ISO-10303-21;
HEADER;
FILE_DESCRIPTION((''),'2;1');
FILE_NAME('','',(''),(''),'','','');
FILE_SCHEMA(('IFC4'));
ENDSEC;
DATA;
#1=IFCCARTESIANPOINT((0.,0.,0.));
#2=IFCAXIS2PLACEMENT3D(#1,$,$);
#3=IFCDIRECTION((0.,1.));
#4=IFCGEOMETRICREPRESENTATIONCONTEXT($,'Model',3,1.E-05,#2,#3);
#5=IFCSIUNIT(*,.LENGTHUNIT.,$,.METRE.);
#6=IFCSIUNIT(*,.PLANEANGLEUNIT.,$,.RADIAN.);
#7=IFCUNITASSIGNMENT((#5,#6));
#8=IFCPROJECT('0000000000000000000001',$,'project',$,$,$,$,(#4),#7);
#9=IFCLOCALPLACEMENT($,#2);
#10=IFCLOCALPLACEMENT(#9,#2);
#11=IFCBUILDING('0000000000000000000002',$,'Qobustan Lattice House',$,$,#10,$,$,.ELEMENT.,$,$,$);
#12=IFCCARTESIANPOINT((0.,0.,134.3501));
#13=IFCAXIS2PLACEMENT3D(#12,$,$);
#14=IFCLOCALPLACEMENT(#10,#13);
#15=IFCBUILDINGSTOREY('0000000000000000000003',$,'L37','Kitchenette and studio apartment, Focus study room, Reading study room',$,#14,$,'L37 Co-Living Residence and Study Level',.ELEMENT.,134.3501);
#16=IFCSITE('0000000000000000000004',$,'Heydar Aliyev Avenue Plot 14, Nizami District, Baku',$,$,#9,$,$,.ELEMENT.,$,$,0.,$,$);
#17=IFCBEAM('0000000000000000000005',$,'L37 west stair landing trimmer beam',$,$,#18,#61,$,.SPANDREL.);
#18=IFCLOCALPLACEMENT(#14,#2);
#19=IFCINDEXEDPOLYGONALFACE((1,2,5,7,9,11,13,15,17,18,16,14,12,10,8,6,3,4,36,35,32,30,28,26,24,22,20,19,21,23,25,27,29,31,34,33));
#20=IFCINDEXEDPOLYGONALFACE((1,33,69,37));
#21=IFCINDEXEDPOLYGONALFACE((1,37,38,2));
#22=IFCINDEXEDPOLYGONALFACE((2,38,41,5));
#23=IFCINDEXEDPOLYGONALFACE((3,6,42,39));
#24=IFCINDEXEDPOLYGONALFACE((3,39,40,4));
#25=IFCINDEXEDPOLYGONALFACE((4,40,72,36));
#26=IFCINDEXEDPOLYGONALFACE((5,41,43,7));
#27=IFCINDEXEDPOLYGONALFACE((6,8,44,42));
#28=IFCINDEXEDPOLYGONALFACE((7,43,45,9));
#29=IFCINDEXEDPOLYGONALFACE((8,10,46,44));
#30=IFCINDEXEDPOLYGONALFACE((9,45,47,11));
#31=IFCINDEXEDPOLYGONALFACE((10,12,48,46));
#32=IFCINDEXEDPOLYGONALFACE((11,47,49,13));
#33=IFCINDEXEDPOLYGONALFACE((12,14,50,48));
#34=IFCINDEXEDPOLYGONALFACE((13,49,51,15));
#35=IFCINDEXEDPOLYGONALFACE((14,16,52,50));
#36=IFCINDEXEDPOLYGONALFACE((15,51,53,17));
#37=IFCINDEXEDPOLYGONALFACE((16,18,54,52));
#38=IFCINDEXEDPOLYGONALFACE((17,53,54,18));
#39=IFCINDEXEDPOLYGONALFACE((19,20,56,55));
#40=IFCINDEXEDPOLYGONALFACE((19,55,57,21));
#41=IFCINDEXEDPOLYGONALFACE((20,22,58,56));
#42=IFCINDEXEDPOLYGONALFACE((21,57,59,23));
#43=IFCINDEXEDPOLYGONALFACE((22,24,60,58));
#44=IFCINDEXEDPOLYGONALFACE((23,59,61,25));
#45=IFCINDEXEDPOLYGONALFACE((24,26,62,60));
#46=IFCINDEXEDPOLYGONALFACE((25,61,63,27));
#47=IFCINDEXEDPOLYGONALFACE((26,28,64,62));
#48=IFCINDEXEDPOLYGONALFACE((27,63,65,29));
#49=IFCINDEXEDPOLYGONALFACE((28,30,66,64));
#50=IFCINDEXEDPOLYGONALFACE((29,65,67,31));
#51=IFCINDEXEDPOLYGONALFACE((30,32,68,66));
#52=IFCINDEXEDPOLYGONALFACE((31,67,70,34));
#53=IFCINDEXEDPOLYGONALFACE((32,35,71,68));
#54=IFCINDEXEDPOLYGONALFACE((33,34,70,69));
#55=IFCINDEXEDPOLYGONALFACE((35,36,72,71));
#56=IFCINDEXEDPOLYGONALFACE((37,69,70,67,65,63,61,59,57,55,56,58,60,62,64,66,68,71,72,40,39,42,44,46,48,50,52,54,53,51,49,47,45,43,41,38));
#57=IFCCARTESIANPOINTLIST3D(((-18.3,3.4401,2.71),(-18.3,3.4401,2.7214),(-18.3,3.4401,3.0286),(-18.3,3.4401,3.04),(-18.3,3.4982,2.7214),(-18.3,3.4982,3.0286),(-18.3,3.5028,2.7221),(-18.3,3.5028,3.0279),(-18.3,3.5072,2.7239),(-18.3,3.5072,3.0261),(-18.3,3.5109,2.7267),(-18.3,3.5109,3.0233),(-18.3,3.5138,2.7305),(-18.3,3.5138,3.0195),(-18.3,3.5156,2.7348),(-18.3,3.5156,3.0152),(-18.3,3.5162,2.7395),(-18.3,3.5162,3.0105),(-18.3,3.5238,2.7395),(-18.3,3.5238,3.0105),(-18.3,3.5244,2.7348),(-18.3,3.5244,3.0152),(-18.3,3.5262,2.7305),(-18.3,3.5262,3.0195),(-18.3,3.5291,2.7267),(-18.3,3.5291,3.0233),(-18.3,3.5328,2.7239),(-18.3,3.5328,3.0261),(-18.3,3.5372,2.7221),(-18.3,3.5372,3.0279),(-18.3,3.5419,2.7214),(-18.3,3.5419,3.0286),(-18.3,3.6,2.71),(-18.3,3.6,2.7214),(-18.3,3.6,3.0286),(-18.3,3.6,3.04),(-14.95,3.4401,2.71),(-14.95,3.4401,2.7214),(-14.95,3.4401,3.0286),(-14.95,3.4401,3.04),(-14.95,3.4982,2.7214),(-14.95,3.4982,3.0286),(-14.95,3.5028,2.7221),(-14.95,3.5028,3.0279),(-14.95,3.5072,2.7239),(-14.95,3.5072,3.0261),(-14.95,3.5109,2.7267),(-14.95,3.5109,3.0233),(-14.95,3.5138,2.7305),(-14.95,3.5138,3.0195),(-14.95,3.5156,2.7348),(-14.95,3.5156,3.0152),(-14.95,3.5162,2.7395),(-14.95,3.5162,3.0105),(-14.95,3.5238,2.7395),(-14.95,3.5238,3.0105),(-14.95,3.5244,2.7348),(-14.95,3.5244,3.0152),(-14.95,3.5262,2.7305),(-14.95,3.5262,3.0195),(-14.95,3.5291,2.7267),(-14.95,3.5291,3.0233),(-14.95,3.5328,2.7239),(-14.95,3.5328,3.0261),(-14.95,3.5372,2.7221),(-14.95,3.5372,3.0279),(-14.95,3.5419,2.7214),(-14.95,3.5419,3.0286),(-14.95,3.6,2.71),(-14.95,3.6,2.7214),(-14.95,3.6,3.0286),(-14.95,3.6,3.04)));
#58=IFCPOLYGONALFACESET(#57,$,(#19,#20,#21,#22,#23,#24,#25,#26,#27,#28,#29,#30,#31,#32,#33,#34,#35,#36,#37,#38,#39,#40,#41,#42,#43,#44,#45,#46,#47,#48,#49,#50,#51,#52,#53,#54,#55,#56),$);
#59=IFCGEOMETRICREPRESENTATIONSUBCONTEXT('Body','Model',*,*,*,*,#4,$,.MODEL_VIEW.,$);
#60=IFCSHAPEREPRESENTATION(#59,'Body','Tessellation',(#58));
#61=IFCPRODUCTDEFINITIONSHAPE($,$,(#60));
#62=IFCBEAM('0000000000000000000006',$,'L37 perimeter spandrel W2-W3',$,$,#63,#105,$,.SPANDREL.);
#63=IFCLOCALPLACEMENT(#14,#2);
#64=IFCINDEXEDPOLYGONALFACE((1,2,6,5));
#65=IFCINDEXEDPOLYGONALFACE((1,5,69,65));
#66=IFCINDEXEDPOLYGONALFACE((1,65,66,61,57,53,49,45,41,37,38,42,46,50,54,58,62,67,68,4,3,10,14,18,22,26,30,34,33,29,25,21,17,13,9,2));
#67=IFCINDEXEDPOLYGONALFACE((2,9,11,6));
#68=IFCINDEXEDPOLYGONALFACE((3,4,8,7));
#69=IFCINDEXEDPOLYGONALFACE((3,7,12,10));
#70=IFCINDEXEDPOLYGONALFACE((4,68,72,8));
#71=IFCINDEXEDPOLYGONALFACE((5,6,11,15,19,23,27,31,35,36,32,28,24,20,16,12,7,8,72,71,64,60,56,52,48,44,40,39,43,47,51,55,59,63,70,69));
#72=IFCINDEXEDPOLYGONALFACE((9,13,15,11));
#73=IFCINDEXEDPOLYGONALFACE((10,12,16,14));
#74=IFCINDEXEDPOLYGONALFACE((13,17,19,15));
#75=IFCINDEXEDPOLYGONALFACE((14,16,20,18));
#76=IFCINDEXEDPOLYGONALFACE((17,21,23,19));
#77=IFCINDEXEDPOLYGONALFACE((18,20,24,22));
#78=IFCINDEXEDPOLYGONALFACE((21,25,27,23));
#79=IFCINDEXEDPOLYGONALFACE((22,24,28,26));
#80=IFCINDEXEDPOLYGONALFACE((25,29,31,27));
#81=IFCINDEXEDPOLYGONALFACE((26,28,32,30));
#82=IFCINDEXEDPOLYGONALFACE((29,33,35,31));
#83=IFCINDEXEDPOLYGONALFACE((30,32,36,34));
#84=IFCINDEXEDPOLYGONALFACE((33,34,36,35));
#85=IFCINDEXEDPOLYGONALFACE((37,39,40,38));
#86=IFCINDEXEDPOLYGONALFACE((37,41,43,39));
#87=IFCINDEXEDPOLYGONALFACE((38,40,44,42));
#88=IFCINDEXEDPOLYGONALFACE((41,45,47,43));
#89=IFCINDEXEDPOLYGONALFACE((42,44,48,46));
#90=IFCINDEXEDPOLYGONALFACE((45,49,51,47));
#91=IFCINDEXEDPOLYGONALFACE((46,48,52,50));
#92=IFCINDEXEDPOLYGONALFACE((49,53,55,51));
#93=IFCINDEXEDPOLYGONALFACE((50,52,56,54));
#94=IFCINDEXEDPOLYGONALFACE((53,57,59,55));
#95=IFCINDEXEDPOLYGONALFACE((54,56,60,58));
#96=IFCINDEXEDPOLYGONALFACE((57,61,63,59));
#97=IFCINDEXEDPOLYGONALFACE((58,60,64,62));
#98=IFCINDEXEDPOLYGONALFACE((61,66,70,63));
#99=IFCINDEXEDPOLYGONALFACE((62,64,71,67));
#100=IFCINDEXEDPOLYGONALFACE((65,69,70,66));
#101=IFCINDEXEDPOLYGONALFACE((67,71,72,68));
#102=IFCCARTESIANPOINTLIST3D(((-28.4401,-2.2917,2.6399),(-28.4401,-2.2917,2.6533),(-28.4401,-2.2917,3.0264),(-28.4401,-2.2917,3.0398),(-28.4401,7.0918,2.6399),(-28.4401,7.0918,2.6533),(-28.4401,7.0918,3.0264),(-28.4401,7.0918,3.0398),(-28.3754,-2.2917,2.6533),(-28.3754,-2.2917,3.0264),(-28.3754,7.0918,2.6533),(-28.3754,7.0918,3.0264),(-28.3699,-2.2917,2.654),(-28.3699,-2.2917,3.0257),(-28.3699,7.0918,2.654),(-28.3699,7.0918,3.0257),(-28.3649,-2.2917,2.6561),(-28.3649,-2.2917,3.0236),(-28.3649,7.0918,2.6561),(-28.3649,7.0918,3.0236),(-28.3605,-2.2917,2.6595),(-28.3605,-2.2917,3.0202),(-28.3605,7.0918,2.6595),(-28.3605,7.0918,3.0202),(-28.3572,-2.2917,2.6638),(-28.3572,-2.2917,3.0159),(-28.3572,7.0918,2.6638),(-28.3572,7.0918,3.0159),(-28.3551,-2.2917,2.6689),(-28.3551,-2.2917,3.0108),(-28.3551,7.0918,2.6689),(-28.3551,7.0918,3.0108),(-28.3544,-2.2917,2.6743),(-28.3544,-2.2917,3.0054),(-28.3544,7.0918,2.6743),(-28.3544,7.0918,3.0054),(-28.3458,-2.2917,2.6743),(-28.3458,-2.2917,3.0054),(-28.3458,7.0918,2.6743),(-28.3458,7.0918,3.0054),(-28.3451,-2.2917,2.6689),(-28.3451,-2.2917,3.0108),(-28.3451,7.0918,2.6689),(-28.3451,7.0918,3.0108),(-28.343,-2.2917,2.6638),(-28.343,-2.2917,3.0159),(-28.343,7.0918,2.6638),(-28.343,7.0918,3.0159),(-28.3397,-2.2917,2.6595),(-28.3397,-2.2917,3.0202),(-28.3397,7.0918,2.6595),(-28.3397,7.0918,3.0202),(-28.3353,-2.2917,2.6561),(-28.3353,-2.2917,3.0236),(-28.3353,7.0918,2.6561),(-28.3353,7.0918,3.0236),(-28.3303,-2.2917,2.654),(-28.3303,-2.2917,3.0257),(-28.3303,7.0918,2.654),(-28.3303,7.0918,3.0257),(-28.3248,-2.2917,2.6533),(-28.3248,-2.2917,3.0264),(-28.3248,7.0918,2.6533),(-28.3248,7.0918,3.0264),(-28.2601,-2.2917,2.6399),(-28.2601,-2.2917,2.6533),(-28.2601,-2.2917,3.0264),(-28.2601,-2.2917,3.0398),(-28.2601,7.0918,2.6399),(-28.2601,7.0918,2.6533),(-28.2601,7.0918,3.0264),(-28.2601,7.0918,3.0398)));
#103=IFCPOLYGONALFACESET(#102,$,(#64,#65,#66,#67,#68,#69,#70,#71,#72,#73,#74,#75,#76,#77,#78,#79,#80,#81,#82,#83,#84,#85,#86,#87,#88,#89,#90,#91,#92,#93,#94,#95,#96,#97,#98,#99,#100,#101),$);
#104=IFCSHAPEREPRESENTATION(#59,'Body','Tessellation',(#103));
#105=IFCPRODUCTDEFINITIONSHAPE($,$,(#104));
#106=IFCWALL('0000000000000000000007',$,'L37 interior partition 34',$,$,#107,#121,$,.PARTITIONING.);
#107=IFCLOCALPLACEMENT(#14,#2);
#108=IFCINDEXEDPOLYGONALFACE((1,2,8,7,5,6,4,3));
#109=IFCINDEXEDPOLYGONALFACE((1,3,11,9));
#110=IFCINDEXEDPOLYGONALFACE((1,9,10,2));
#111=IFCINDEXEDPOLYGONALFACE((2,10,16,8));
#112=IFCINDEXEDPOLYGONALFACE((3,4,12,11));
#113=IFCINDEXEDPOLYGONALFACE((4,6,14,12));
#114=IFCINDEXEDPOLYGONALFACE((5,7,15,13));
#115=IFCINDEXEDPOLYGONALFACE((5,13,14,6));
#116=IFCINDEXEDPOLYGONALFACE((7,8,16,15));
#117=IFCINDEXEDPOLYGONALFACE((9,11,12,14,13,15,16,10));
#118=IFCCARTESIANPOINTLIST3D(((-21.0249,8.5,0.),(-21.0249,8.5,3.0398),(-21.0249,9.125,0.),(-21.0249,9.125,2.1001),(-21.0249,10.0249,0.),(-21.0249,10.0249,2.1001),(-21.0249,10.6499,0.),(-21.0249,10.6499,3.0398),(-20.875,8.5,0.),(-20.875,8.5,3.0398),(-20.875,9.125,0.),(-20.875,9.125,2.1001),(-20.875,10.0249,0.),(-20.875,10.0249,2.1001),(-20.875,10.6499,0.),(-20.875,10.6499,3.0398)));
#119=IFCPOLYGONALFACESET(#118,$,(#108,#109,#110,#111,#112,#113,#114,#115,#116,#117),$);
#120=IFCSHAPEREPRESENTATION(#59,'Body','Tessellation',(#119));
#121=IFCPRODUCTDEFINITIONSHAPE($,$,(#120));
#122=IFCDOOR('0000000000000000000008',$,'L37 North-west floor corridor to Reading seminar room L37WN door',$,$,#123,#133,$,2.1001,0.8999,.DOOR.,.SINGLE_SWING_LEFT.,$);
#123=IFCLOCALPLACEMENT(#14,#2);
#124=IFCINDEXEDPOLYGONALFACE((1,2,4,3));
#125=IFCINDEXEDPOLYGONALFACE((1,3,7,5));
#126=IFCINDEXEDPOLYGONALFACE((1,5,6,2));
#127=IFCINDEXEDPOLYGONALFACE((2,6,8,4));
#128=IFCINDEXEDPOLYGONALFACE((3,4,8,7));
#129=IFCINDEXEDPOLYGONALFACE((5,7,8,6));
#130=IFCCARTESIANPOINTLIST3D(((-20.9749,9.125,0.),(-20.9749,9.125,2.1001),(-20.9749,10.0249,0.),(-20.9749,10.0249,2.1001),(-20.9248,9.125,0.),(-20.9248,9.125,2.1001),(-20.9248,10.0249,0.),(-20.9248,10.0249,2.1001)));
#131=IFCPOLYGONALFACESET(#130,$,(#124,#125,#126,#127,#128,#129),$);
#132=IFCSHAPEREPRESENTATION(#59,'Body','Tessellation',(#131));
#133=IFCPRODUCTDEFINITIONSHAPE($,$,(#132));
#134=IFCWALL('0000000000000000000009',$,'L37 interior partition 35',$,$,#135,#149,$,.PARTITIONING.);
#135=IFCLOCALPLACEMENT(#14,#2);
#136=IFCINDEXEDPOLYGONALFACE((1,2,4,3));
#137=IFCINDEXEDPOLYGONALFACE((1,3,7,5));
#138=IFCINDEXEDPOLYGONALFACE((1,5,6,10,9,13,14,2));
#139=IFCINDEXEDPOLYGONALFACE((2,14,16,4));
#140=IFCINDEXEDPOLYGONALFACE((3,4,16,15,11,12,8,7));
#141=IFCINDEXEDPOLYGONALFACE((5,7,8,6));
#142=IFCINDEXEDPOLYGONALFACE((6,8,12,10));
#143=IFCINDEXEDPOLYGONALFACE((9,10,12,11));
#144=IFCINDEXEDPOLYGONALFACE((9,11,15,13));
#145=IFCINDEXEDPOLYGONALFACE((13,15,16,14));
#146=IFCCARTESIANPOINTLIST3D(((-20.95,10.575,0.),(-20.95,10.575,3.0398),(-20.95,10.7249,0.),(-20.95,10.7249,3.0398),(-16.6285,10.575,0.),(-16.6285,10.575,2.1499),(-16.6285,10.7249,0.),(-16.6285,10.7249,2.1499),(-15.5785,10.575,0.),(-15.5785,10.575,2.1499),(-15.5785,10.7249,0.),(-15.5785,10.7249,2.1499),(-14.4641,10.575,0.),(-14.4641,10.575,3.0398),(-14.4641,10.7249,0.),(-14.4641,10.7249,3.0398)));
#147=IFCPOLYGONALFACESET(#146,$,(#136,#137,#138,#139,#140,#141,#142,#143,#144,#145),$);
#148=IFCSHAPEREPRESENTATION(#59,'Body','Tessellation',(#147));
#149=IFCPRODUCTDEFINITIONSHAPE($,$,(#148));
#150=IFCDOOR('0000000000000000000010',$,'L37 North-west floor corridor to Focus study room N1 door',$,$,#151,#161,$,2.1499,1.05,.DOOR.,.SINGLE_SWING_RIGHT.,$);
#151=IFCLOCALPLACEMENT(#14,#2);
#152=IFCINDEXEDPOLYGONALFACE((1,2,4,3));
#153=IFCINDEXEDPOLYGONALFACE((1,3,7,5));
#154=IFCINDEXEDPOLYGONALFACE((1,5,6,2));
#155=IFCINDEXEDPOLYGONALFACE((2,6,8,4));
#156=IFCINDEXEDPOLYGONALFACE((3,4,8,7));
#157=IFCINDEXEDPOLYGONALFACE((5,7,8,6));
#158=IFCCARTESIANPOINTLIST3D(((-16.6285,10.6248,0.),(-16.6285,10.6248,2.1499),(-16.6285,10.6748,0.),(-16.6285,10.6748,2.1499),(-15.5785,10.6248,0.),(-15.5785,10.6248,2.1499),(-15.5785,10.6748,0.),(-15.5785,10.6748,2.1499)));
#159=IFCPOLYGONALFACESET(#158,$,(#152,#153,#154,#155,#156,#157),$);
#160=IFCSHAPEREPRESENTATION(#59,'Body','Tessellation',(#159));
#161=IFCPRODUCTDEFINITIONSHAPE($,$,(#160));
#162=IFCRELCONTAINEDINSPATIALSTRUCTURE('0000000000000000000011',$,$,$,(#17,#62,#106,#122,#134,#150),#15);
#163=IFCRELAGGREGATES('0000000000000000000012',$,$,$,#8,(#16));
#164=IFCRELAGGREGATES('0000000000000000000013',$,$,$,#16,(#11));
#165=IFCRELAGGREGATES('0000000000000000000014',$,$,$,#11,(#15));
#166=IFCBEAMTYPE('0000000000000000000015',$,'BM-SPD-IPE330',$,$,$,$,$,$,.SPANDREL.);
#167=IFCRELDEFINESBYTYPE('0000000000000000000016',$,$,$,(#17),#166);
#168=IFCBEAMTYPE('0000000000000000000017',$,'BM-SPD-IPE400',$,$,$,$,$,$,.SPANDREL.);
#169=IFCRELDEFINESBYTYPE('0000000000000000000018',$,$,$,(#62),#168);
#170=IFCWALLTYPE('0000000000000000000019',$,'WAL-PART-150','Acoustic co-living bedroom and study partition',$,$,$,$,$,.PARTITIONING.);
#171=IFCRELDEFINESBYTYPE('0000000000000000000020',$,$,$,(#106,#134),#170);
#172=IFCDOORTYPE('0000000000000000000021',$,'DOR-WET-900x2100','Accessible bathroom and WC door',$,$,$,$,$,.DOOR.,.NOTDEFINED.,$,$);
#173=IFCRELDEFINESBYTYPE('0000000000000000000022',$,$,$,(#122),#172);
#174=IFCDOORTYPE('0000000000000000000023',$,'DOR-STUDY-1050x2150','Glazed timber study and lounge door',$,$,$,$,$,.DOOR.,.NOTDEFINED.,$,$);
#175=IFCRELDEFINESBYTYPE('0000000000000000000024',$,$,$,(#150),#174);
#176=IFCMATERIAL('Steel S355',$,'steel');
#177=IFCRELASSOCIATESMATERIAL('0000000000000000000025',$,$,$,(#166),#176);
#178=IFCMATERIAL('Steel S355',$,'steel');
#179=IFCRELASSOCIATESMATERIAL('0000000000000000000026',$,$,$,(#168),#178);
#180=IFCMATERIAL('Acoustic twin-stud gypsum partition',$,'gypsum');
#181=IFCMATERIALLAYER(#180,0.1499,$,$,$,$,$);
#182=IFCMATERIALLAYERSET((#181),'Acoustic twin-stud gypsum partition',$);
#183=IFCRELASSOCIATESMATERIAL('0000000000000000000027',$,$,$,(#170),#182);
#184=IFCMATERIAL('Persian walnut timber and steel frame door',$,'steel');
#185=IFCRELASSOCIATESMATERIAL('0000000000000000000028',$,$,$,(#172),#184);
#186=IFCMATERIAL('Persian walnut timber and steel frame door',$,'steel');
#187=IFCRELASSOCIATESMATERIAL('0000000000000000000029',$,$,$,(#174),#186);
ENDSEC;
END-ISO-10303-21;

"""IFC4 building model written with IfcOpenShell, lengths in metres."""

from ifc_helpers import new_model, si_unit, direction, frame, frame_2d, origin, origin_2d, place, context, subcontext, project, spatial, rectangle, i_section, extrude, material, layer, layer_set, material_profile, profile_set, type_object, element, fill, save


model = new_model("IFC4")

# Units and contexts
model_context = context("Model", 3, precision=1e-05, world=origin(), true_north=direction((0.0, 1.0)))
body_context = subcontext(model_context, "Body", "Model", "MODEL_VIEW")
ifc_project = project(units=[si_unit("LENGTHUNIT", "METRE"), si_unit("PLANEANGLEUNIT", "RADIAN")], contexts=[model_context])

# Site, building, storey
site_placement = place(None, origin())
site = spatial("IfcSite", under=ifc_project, at=site_placement, Name="Heydar Aliyev Avenue Plot 14, Nizami District, Baku", CompositionType="ELEMENT", RefElevation=0.0)
building_placement = place(site_placement, origin())
building = spatial("IfcBuilding", under=site, at=building_placement, Name="Qobustan Lattice House", CompositionType="ELEMENT")
storey_placement = place(building_placement, frame((0.0, 0.0, 134.3501)))
storey = spatial("IfcBuildingStorey", under=building, at=storey_placement, Name="L37", Description="Kitchenette and studio apartment, Focus study room, Reading study room", LongName="L37 Co-Living Residence and Study Level", CompositionType="ELEMENT", Elevation=134.3501)

# Beams
ifc_material_1 = material(Name="Steel S355", Category="steel")
ifc_material_profile_1 = material_profile(ifc_material_1, i_section(OverallWidth=0.1599, OverallDepth=0.3301, WebThickness=0.0076, FlangeThickness=0.0115, FilletRadius=0.0181, at=origin_2d()), Name="IPE330")
ifc_profile_set_1 = profile_set([ifc_material_profile_1], Name="Steel S355")
beam_type_1 = type_object("IfcBeamType", Name="BM-SPD-IPE330", PredefinedType="SPANDREL", material=ifc_profile_set_1)
beam_1_placement = place(storey_placement, frame((-18.3, 3.52, 2.875), z_axis=(1.0, 0.0, 0.0), x_axis=(0.0, 1.0, 0.0)))
element("IfcBeam", 1, at=beam_1_placement, inside=storey, type_object=beam_type_1, Name="L37 west stair landing trimmer beam", PredefinedType="SPANDREL", context=body_context, shape_type="SweptSolid", body=[
    extrude(i_section(OverallWidth=0.1599, OverallDepth=0.3301, WebThickness=0.0076, FlangeThickness=0.0115, FilletRadius=0.0181, at=origin_2d()), origin(), (0.0, 0.0, 1.0), 3.3501),
])
ifc_material_2 = material(Name="Steel S355", Category="steel")
ifc_material_profile_2 = material_profile(ifc_material_2, i_section(OverallWidth=0.1799, OverallDepth=0.3999, WebThickness=0.0085, FlangeThickness=0.0134, FilletRadius=0.021, at=origin_2d()), Name="IPE400")
ifc_profile_set_2 = profile_set([ifc_material_profile_2], Name="Steel S355")
beam_type_2 = type_object("IfcBeamType", Name="BM-SPD-IPE400", PredefinedType="SPANDREL", material=ifc_profile_set_2)
beam_2_placement = place(storey_placement, frame((-28.3501, 7.0918, 2.8398), z_axis=(0.0, -1.0, 0.0), x_axis=(1.0, 0.0, 0.0)))
element("IfcBeam", 2, at=beam_2_placement, inside=storey, type_object=beam_type_2, Name="L37 perimeter spandrel W2-W3", PredefinedType="SPANDREL", context=body_context, shape_type="SweptSolid", body=[
    extrude(i_section(OverallWidth=0.1799, OverallDepth=0.3999, WebThickness=0.0085, FlangeThickness=0.0134, FilletRadius=0.021, at=origin_2d()), origin(), (0.0, 0.0, 1.0), 9.3835),
])

# Walls, openings, doors
ifc_material_3 = material(Name="Acoustic twin-stud gypsum partition", Category="gypsum")
ifc_layer_1 = layer(ifc_material_3, 0.1499)
ifc_layer_set_1 = layer_set([ifc_layer_1], Name="Acoustic twin-stud gypsum partition")
wall_type_1 = type_object("IfcWallType", Name="WAL-PART-150", Description="Acoustic co-living bedroom and study partition", PredefinedType="PARTITIONING", material=ifc_layer_set_1)
wall_1_placement = place(storey_placement, frame((-20.95, 8.5, 0.0), z_axis=(0.0, 0.0, 1.0), x_axis=(0.0, 1.0, 0.0)))
wall_1 = element("IfcWall", 3, at=wall_1_placement, inside=storey, type_object=wall_type_1, Name="L37 interior partition 34", PredefinedType="PARTITIONING", context=body_context, shape_type="SweptSolid", body=[
    extrude(rectangle(XDim=2.1499, YDim=0.1499, at=frame_2d((1.075, 0.0))), origin(), (0.0, 0.0, 1.0), 3.0398),
])
opening_1_placement = place(wall_1_placement, frame((0.625, 0.0, 0.0)))
opening_1 = element("IfcOpeningElement", 4, at=opening_1_placement, cuts=wall_1, PredefinedType="OPENING", context=body_context, shape_type="SweptSolid", body=[
    extrude(rectangle(XDim=0.8999, YDim=2.1001, at=frame_2d((0.45, 1.05))), frame((0.0, 0.085, 0.0), z_axis=(0.0, -1.0, 0.0), x_axis=(1.0, 0.0, 0.0)), (0.0, 0.0, 1.0), 0.1699),
])
ifc_material_4 = material(Name="Persian walnut timber and steel frame door", Category="steel")
door_type_1 = type_object("IfcDoorType", Name="DOR-WET-900x2100", Description="Accessible bathroom and WC door", OperationType="NOTDEFINED", PredefinedType="DOOR", material=ifc_material_4)
door_1_placement = place(opening_1_placement, origin())
door_1 = element("IfcDoor", 5, at=door_1_placement, inside=storey, type_object=door_type_1, Name="L37 North-west floor corridor to Reading seminar room L37WN door", OperationType="SINGLE_SWING_LEFT", OverallHeight=2.1001, OverallWidth=0.8999, PredefinedType="DOOR", context=body_context, shape_type="SweptSolid", body=[
    extrude(rectangle(XDim=0.8999, YDim=2.1001, at=frame_2d((0.45, 1.05))), frame((0.0, 0.0249, 0.0), z_axis=(0.0, -1.0, 0.0), x_axis=(1.0, 0.0, 0.0)), (0.0, 0.0, 1.0), 0.05),
])
fill(opening_1, door_1)
wall_2_placement = place(storey_placement, frame((-20.95, 10.6499, 0.0), z_axis=(0.0, 0.0, 1.0), x_axis=(1.0, 0.0, 0.0)))
wall_2 = element("IfcWall", 6, at=wall_2_placement, inside=storey, type_object=wall_type_1, Name="L37 interior partition 35", PredefinedType="PARTITIONING", context=body_context, shape_type="SweptSolid", body=[
    extrude(rectangle(XDim=6.4858, YDim=0.1499, at=frame_2d((3.2429, 0.0))), origin(), (0.0, 0.0, 1.0), 3.0398),
])
opening_2_placement = place(wall_2_placement, frame((4.3215, 0.0, 0.0)))
opening_2 = element("IfcOpeningElement", 7, at=opening_2_placement, cuts=wall_2, PredefinedType="OPENING", context=body_context, shape_type="SweptSolid", body=[
    extrude(rectangle(XDim=1.05, YDim=2.1499, at=frame_2d((0.5249, 1.075))), frame((0.0, 0.085, 0.0), z_axis=(0.0, -1.0, 0.0), x_axis=(1.0, 0.0, 0.0)), (0.0, 0.0, 1.0), 0.1699),
])
ifc_material_5 = material(Name="Persian walnut timber and steel frame door", Category="steel")
door_type_2 = type_object("IfcDoorType", Name="DOR-STUDY-1050x2150", Description="Glazed timber study and lounge door", OperationType="NOTDEFINED", PredefinedType="DOOR", material=ifc_material_5)
door_2_placement = place(opening_2_placement, origin())
door_2 = element("IfcDoor", 8, at=door_2_placement, inside=storey, type_object=door_type_2, Name="L37 North-west floor corridor to Focus study room N1 door", OperationType="SINGLE_SWING_RIGHT", OverallHeight=2.1499, OverallWidth=1.05, PredefinedType="DOOR", context=body_context, shape_type="SweptSolid", body=[
    extrude(rectangle(XDim=1.05, YDim=2.1499, at=frame_2d((0.5249, 1.075))), frame((0.0, 0.0249, 0.0), z_axis=(0.0, -1.0, 0.0), x_axis=(1.0, 0.0, 0.0)), (0.0, 0.0, 1.0), 0.05),
])
fill(opening_2, door_2)

save(model, "model.ifc")
